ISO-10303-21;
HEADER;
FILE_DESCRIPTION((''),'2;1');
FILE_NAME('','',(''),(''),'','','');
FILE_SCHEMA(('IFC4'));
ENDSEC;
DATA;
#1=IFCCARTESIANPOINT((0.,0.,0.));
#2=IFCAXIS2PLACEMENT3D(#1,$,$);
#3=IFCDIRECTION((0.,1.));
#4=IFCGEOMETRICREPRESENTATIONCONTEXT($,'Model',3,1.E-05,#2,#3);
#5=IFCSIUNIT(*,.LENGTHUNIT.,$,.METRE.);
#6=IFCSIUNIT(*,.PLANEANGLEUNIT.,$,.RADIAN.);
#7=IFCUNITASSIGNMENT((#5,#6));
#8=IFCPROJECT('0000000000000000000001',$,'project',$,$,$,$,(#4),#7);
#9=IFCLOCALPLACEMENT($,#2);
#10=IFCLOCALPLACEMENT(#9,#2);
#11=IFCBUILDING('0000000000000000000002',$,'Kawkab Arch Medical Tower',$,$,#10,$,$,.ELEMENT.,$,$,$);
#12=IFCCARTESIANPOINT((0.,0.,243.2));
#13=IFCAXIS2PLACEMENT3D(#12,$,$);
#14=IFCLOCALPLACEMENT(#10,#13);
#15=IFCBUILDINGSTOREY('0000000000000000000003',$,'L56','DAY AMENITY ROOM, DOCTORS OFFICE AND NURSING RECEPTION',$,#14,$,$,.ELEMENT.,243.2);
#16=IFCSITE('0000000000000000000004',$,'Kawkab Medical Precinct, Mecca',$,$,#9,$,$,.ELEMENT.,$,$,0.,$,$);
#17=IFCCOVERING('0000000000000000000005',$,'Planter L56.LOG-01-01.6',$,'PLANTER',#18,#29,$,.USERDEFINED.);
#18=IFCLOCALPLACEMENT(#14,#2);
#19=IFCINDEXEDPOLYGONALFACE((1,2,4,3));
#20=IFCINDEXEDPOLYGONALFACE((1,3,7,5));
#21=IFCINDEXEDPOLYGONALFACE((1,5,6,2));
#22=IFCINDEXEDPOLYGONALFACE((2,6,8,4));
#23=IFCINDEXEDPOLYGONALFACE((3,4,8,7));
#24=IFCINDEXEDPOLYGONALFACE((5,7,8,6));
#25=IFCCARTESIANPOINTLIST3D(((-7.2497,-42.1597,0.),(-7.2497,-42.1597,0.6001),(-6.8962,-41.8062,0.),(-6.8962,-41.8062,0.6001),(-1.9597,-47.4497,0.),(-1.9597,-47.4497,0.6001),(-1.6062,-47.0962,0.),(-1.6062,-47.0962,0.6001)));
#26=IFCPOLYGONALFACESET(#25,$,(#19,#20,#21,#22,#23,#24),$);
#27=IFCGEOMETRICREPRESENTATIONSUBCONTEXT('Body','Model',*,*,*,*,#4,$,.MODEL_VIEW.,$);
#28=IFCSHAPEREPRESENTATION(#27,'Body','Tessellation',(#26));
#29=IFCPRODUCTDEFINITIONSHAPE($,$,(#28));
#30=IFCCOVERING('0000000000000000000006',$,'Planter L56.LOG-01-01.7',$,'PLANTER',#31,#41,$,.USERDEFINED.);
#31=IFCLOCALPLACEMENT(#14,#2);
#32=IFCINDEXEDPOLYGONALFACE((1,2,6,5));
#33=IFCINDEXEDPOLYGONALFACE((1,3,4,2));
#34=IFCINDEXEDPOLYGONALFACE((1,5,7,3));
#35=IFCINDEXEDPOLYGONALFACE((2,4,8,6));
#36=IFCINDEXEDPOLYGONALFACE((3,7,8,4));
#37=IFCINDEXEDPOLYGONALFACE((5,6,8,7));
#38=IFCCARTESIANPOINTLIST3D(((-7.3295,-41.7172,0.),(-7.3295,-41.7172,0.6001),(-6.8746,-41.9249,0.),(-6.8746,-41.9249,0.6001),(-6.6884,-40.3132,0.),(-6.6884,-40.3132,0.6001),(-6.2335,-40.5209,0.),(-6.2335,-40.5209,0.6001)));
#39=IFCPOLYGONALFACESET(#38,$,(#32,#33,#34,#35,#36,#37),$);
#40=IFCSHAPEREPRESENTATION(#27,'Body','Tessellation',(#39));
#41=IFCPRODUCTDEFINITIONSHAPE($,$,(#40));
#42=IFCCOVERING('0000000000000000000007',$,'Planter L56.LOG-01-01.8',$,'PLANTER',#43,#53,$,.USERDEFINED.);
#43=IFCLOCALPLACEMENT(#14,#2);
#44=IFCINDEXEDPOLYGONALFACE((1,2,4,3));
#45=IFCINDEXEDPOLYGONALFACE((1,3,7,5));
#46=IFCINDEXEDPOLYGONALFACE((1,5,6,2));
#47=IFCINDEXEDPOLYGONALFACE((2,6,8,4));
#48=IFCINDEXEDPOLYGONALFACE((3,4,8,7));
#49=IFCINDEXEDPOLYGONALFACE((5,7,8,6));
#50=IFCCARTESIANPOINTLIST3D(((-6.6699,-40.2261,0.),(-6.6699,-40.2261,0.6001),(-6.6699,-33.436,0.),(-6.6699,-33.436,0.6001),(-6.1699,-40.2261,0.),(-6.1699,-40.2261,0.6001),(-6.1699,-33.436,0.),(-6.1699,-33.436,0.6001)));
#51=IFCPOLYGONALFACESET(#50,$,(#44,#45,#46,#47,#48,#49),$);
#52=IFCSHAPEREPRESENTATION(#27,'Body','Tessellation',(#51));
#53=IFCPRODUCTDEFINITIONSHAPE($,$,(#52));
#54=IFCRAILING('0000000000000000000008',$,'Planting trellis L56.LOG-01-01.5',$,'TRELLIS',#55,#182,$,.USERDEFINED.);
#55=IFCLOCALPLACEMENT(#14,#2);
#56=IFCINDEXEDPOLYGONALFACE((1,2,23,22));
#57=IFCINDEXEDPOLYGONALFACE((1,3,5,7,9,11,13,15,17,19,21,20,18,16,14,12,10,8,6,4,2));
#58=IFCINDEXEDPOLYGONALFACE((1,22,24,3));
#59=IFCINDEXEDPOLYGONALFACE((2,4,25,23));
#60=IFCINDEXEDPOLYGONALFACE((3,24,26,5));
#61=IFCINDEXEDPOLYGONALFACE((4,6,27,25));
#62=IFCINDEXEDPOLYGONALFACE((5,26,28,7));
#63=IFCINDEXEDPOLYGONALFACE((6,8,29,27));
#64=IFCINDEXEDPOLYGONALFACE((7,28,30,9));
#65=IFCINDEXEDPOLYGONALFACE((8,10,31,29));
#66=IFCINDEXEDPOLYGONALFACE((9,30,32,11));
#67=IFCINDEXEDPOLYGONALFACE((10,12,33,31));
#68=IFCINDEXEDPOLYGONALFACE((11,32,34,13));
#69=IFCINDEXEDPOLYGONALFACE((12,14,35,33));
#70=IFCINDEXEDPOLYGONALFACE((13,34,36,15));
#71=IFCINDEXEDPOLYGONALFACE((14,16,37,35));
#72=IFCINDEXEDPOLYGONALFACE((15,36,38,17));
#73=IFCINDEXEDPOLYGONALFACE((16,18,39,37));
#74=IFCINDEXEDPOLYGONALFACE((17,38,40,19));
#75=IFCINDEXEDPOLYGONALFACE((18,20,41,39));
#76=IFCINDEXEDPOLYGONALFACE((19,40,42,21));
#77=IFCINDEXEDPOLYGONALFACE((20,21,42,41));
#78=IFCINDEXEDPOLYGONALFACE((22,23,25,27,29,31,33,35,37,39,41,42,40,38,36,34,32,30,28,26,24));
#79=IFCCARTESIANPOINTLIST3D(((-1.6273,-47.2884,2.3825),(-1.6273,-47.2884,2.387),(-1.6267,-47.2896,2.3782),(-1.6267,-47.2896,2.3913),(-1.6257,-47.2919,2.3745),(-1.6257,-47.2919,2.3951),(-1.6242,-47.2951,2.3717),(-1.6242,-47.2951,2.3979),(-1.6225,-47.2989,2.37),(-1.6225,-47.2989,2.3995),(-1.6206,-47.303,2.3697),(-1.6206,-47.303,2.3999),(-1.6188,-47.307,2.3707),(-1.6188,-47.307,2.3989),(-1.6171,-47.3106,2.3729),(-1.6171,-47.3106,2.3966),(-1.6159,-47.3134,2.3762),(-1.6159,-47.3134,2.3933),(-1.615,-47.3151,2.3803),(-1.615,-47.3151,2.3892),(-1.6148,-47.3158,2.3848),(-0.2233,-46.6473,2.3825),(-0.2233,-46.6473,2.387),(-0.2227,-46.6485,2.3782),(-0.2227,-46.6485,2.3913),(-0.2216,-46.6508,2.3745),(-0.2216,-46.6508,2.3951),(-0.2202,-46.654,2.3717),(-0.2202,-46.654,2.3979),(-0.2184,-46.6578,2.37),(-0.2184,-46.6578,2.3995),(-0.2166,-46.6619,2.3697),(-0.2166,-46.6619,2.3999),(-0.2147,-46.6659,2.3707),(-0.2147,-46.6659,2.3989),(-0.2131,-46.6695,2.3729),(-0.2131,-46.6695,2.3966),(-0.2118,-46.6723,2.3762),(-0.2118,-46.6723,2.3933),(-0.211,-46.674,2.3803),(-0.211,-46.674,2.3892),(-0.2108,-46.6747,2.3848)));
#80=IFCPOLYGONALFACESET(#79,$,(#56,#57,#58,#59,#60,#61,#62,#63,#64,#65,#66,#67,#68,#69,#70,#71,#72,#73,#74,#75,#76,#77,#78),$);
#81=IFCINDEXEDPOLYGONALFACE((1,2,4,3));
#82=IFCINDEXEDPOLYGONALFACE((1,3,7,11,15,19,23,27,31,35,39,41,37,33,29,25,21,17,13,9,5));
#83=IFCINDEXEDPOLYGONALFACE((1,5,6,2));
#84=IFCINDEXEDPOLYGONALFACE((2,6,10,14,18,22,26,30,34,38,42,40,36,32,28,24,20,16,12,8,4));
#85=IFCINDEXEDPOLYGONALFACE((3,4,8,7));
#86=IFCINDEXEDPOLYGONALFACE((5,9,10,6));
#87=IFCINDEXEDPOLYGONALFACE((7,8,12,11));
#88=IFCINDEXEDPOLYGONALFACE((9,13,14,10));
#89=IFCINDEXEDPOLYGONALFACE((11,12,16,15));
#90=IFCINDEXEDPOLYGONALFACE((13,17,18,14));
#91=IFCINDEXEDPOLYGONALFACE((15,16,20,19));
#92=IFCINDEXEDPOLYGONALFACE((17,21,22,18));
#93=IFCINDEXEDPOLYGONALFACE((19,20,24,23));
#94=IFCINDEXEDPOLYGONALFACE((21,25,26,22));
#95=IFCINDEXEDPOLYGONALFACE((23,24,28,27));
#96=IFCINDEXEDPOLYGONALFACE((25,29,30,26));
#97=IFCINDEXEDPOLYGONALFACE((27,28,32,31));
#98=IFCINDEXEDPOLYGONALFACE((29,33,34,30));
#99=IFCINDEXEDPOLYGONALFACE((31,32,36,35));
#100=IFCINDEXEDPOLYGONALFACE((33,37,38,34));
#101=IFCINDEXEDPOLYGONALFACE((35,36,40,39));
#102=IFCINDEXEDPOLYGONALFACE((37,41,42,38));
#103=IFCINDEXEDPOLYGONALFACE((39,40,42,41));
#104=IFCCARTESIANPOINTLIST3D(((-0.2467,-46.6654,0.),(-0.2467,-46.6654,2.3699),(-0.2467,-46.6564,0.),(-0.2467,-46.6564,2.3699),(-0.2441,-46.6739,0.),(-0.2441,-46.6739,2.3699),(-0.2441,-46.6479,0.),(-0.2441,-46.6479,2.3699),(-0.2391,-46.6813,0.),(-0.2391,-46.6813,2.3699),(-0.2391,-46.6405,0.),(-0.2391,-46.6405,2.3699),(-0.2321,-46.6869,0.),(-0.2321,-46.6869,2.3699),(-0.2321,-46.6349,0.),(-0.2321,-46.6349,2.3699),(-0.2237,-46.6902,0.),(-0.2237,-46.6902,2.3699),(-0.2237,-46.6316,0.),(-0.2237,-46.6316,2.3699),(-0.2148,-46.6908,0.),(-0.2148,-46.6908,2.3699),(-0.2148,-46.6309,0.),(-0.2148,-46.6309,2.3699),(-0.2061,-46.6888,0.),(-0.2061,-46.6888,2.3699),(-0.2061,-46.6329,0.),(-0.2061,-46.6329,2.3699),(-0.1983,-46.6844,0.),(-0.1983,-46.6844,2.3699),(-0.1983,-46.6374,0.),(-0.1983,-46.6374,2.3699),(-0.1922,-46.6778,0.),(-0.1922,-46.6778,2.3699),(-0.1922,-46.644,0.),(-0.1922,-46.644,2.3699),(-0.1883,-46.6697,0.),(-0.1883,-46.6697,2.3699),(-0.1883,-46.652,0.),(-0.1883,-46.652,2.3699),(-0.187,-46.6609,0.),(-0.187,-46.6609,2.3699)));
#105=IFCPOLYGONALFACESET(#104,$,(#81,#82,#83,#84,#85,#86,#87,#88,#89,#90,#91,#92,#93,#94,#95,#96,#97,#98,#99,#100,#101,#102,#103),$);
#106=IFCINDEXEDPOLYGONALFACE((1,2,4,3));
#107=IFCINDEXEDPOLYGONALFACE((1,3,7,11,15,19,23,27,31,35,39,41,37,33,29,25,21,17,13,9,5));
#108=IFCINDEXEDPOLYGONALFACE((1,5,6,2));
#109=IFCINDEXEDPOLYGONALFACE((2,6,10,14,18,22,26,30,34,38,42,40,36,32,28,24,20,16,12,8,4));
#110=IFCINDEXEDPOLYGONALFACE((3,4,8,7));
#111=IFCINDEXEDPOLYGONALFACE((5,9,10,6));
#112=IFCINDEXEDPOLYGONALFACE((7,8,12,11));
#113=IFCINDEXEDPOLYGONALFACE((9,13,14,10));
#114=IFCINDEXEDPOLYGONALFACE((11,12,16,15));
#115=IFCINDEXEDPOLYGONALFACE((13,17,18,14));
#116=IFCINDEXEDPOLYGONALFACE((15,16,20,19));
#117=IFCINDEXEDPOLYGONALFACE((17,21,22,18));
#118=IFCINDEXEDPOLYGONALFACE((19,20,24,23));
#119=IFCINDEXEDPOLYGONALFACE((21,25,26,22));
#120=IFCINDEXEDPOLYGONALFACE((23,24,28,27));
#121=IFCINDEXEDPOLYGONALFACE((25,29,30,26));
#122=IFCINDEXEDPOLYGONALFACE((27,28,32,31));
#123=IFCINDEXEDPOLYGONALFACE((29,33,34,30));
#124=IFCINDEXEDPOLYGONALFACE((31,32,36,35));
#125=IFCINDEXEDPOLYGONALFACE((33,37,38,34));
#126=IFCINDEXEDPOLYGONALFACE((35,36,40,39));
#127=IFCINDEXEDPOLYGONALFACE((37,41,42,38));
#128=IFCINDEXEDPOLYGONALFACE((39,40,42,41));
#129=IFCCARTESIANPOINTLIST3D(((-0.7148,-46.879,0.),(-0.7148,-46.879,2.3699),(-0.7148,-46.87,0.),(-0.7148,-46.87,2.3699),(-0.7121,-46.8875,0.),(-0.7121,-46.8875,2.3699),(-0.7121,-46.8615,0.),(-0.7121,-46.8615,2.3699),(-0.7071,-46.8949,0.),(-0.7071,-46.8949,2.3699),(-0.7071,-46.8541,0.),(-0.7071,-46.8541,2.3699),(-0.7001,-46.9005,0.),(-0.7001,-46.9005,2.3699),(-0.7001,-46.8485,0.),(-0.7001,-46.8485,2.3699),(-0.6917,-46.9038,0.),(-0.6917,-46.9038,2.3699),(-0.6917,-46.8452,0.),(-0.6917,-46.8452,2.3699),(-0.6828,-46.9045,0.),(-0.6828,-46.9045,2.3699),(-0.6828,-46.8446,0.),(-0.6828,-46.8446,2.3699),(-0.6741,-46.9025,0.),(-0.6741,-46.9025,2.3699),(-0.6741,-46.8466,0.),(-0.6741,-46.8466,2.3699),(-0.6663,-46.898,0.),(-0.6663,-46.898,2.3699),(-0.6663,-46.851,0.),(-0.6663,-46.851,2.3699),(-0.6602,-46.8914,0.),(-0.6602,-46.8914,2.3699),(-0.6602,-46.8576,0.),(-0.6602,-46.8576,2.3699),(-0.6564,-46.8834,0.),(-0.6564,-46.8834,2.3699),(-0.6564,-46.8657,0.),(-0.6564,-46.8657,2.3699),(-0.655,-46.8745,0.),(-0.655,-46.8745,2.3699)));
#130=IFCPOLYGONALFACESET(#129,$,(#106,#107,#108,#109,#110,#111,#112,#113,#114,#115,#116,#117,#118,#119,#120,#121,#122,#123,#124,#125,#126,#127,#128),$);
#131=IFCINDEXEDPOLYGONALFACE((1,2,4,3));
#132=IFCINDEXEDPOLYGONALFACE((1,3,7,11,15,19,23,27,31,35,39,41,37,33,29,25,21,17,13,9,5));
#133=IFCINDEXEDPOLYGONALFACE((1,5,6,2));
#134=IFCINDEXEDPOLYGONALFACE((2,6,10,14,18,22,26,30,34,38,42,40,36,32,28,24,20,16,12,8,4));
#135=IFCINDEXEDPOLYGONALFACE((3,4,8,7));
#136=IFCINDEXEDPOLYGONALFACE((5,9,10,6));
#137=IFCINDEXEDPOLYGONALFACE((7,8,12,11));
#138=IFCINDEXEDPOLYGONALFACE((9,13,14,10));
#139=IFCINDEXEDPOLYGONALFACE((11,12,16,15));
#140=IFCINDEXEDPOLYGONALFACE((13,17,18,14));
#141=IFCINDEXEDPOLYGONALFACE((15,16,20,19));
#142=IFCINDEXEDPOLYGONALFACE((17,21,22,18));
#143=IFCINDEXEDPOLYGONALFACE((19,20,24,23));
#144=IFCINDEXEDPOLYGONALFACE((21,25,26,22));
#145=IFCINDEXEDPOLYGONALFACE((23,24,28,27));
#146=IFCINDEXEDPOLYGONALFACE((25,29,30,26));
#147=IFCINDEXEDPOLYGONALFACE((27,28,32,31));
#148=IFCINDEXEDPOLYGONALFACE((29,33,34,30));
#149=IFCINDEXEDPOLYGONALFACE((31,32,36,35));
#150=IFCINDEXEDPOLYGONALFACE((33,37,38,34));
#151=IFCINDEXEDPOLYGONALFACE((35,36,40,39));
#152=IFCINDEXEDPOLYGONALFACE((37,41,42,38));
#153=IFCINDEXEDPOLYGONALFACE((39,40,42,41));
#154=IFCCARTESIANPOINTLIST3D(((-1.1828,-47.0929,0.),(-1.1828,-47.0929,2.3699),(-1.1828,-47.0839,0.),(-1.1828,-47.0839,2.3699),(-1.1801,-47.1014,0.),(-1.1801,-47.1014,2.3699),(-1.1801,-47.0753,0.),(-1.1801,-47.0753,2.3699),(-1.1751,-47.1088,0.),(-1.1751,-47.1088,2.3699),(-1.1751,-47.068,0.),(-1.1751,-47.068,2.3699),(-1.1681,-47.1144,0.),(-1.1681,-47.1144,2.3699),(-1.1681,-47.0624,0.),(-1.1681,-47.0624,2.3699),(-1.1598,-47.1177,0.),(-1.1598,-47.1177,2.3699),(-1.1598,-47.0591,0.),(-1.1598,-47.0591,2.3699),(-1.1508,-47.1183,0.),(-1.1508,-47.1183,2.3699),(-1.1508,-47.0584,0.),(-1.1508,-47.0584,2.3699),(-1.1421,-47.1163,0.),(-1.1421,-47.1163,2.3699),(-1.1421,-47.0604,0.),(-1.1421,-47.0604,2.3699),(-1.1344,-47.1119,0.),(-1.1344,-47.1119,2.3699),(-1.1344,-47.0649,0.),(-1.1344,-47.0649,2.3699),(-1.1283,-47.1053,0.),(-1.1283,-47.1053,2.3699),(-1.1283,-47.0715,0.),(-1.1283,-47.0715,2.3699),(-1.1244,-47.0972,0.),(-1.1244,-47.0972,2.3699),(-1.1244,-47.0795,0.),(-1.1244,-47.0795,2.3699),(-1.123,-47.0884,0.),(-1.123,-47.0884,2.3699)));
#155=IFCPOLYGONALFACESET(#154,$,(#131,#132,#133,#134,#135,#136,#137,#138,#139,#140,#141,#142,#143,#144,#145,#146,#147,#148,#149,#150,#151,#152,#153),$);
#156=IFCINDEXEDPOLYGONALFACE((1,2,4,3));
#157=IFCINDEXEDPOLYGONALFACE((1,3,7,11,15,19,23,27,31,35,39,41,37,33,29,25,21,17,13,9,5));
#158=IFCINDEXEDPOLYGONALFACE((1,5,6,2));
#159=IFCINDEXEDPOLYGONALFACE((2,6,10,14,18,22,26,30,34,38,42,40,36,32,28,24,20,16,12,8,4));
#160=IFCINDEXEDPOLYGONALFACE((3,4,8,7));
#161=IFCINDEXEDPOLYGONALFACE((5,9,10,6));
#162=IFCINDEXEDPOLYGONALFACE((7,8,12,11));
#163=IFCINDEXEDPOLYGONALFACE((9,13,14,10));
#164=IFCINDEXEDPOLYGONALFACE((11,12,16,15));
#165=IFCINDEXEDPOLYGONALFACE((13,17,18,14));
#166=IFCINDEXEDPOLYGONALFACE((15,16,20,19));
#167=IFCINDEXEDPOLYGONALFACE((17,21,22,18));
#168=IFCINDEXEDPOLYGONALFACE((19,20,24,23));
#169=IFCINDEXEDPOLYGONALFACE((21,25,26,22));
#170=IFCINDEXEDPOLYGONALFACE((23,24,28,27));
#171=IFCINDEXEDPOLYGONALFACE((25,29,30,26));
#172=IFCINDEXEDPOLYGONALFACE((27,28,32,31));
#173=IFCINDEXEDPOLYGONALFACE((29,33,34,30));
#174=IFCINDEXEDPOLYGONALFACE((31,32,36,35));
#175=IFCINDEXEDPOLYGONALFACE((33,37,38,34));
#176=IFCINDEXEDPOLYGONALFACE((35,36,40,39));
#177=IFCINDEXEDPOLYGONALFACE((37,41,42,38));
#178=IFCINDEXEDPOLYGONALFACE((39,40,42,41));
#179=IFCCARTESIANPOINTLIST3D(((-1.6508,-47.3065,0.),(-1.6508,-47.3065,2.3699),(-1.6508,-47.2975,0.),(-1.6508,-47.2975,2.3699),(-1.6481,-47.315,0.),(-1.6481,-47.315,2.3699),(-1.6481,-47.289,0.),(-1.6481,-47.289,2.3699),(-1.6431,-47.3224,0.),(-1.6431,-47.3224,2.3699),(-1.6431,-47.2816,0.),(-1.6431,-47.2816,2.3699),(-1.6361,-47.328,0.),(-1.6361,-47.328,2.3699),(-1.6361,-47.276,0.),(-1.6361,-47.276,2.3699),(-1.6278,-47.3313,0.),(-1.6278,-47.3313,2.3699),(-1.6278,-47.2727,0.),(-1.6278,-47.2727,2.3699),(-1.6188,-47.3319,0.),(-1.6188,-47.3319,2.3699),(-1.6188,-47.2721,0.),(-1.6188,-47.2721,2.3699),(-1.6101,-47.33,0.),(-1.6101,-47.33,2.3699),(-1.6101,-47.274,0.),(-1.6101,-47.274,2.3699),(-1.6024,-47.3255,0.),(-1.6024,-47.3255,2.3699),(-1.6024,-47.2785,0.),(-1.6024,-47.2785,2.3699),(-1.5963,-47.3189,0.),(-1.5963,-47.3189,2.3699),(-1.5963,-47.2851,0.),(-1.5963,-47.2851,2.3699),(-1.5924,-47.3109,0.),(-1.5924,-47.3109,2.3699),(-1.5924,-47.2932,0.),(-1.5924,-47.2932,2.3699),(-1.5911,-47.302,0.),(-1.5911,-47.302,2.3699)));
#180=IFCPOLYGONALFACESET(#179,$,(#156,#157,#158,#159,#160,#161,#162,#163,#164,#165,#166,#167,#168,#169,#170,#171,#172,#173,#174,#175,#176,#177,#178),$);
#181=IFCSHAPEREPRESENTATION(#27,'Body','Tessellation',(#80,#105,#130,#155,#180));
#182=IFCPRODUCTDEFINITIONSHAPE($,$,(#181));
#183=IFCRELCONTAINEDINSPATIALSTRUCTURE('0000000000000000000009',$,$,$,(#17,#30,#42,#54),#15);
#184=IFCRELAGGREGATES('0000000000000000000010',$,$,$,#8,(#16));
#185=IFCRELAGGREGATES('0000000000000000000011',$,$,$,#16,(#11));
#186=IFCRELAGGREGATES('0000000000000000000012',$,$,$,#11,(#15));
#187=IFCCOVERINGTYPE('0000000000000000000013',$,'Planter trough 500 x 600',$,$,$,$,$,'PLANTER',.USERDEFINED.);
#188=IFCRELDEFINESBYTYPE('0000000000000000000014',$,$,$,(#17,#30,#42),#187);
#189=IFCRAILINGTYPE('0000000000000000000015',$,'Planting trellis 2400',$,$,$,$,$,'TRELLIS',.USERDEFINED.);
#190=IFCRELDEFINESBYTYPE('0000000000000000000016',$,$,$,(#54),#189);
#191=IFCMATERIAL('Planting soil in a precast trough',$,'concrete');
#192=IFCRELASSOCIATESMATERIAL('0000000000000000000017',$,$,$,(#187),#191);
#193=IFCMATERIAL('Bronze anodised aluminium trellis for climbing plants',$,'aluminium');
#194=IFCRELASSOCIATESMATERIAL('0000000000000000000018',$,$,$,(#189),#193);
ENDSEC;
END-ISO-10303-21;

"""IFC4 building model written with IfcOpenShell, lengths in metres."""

from ifc_helpers import new_model, si_unit, direction, frame, origin, origin_2d, place, context, subcontext, project, spatial, rectangle, circle, extrude, material, material_profile, profile_set, type_object, element, save


model = new_model("IFC4")

# Units and contexts
model_context = context("Model", 3, precision=1e-05, world=origin(), true_north=direction((0.0, 1.0)))
body_context = subcontext(model_context, "Body", "Model", "MODEL_VIEW")
ifc_project = project(units=[si_unit("LENGTHUNIT", "METRE"), si_unit("PLANEANGLEUNIT", "RADIAN")], contexts=[model_context])

# Site, building, storey
site_placement = place(None, origin())
site = spatial("IfcSite", under=ifc_project, at=site_placement, Name="Kawkab Medical Precinct, Mecca", CompositionType="ELEMENT", RefElevation=0.0)
building_placement = place(site_placement, origin())
building = spatial("IfcBuilding", under=site, at=building_placement, Name="Kawkab Arch Medical Tower", CompositionType="ELEMENT")
storey_placement = place(building_placement, frame((0.0, 0.0, 243.2)))
storey = spatial("IfcBuildingStorey", under=building, at=storey_placement, Name="L56", Description="DAY AMENITY ROOM, DOCTORS OFFICE AND NURSING RECEPTION", CompositionType="ELEMENT", Elevation=243.2)

# Coverings
ifc_material_1 = material(Name="Planting soil in a precast trough", Category="concrete")
ifc_material_profile_1 = material_profile(ifc_material_1, rectangle(XDim=0.5, YDim=0.6001, at=origin_2d()), Name="Trough 500x600")
ifc_profile_set_1 = profile_set([ifc_material_profile_1], Name="Planting soil in a precast trough")
covering_type_1 = type_object("IfcCoveringType", Name="Planter trough 500 x 600", ElementType="PLANTER", PredefinedType="USERDEFINED", material=ifc_profile_set_1)
covering_1_placement = place(storey_placement, frame((-1.783, -47.2729, 0.3), z_axis=(-0.707107, 0.707107, 0.0), x_axis=(-0.707107, -0.707107, 0.0)))
element("IfcCovering", 1, at=covering_1_placement, inside=storey, type_object=covering_type_1, Name="Planter L56.LOG-01-01.6", ObjectType="PLANTER", PredefinedType="USERDEFINED", context=body_context, shape_type="SweptSolid", body=[
    extrude(rectangle(XDim=0.5, YDim=0.6001, at=origin_2d()), origin(), (0.0, 0.0, 1.0), 7.4812),
])
covering_2_placement = place(storey_placement, frame((-7.1021, -41.821, 0.3), z_axis=(0.415363, 0.909656, 0.0), x_axis=(-0.909656, 0.415363, 0.0)))
element("IfcCovering", 2, at=covering_2_placement, inside=storey, type_object=covering_type_1, Name="Planter L56.LOG-01-01.7", ObjectType="PLANTER", PredefinedType="USERDEFINED", context=body_context, shape_type="SweptSolid", body=[
    extrude(rectangle(XDim=0.5, YDim=0.6001, at=origin_2d()), origin(), (0.0, 0.0, 1.0), 1.5435),
])
covering_3_placement = place(storey_placement, frame((-6.4199, -40.2261, 0.3), z_axis=(0.0, 1.0, 0.0), x_axis=(-1.0, 0.0, 0.0)))
element("IfcCovering", 3, at=covering_3_placement, inside=storey, type_object=covering_type_1, Name="Planter L56.LOG-01-01.8", ObjectType="PLANTER", PredefinedType="USERDEFINED", context=body_context, shape_type="SweptSolid", body=[
    extrude(rectangle(XDim=0.5, YDim=0.6001, at=origin_2d()), origin(), (0.0, 0.0, 1.0), 6.79),
])

# Railing
ifc_material_2 = material(Name="Bronze anodised aluminium trellis for climbing plants", Category="aluminium")
railing_type_1 = type_object("IfcRailingType", Name="Planting trellis 2400", ElementType="TRELLIS", PredefinedType="USERDEFINED", material=ifc_material_2)
railing_1_placement = place(storey_placement, frame((-0.217, -46.6609, 0.0)))
element("IfcRailing", 4, at=railing_1_placement, inside=storey, type_object=railing_type_1, Name="Planting trellis L56.LOG-01-01.5", ObjectType="TRELLIS", PredefinedType="USERDEFINED", context=body_context, shape_type="SweptSolid", body=[
    extrude(circle(Radius=0.0151, at=origin_2d()), frame((0.0, 0.0, 2.3848), z_axis=(-0.909656, -0.415363, 0.0), x_axis=(0.415363, -0.909656, 0.0)), (0.0, 0.0, 1.0), 1.5435),
    extrude(circle(Radius=0.03, at=origin_2d()), origin(), (0.0, 0.0, 1.0), 2.3699),
    extrude(circle(Radius=0.03, at=origin_2d()), frame((-0.468, -0.2136, 0.0)), (0.0, 0.0, 1.0), 2.3699),
    extrude(circle(Radius=0.03, at=origin_2d()), frame((-0.936, -0.4275, 0.0)), (0.0, 0.0, 1.0), 2.3699),
    extrude(circle(Radius=0.03, at=origin_2d()), frame((-1.4041, -0.6411, 0.0)), (0.0, 0.0, 1.0), 2.3699),
])

save(model, "model.ifc")
